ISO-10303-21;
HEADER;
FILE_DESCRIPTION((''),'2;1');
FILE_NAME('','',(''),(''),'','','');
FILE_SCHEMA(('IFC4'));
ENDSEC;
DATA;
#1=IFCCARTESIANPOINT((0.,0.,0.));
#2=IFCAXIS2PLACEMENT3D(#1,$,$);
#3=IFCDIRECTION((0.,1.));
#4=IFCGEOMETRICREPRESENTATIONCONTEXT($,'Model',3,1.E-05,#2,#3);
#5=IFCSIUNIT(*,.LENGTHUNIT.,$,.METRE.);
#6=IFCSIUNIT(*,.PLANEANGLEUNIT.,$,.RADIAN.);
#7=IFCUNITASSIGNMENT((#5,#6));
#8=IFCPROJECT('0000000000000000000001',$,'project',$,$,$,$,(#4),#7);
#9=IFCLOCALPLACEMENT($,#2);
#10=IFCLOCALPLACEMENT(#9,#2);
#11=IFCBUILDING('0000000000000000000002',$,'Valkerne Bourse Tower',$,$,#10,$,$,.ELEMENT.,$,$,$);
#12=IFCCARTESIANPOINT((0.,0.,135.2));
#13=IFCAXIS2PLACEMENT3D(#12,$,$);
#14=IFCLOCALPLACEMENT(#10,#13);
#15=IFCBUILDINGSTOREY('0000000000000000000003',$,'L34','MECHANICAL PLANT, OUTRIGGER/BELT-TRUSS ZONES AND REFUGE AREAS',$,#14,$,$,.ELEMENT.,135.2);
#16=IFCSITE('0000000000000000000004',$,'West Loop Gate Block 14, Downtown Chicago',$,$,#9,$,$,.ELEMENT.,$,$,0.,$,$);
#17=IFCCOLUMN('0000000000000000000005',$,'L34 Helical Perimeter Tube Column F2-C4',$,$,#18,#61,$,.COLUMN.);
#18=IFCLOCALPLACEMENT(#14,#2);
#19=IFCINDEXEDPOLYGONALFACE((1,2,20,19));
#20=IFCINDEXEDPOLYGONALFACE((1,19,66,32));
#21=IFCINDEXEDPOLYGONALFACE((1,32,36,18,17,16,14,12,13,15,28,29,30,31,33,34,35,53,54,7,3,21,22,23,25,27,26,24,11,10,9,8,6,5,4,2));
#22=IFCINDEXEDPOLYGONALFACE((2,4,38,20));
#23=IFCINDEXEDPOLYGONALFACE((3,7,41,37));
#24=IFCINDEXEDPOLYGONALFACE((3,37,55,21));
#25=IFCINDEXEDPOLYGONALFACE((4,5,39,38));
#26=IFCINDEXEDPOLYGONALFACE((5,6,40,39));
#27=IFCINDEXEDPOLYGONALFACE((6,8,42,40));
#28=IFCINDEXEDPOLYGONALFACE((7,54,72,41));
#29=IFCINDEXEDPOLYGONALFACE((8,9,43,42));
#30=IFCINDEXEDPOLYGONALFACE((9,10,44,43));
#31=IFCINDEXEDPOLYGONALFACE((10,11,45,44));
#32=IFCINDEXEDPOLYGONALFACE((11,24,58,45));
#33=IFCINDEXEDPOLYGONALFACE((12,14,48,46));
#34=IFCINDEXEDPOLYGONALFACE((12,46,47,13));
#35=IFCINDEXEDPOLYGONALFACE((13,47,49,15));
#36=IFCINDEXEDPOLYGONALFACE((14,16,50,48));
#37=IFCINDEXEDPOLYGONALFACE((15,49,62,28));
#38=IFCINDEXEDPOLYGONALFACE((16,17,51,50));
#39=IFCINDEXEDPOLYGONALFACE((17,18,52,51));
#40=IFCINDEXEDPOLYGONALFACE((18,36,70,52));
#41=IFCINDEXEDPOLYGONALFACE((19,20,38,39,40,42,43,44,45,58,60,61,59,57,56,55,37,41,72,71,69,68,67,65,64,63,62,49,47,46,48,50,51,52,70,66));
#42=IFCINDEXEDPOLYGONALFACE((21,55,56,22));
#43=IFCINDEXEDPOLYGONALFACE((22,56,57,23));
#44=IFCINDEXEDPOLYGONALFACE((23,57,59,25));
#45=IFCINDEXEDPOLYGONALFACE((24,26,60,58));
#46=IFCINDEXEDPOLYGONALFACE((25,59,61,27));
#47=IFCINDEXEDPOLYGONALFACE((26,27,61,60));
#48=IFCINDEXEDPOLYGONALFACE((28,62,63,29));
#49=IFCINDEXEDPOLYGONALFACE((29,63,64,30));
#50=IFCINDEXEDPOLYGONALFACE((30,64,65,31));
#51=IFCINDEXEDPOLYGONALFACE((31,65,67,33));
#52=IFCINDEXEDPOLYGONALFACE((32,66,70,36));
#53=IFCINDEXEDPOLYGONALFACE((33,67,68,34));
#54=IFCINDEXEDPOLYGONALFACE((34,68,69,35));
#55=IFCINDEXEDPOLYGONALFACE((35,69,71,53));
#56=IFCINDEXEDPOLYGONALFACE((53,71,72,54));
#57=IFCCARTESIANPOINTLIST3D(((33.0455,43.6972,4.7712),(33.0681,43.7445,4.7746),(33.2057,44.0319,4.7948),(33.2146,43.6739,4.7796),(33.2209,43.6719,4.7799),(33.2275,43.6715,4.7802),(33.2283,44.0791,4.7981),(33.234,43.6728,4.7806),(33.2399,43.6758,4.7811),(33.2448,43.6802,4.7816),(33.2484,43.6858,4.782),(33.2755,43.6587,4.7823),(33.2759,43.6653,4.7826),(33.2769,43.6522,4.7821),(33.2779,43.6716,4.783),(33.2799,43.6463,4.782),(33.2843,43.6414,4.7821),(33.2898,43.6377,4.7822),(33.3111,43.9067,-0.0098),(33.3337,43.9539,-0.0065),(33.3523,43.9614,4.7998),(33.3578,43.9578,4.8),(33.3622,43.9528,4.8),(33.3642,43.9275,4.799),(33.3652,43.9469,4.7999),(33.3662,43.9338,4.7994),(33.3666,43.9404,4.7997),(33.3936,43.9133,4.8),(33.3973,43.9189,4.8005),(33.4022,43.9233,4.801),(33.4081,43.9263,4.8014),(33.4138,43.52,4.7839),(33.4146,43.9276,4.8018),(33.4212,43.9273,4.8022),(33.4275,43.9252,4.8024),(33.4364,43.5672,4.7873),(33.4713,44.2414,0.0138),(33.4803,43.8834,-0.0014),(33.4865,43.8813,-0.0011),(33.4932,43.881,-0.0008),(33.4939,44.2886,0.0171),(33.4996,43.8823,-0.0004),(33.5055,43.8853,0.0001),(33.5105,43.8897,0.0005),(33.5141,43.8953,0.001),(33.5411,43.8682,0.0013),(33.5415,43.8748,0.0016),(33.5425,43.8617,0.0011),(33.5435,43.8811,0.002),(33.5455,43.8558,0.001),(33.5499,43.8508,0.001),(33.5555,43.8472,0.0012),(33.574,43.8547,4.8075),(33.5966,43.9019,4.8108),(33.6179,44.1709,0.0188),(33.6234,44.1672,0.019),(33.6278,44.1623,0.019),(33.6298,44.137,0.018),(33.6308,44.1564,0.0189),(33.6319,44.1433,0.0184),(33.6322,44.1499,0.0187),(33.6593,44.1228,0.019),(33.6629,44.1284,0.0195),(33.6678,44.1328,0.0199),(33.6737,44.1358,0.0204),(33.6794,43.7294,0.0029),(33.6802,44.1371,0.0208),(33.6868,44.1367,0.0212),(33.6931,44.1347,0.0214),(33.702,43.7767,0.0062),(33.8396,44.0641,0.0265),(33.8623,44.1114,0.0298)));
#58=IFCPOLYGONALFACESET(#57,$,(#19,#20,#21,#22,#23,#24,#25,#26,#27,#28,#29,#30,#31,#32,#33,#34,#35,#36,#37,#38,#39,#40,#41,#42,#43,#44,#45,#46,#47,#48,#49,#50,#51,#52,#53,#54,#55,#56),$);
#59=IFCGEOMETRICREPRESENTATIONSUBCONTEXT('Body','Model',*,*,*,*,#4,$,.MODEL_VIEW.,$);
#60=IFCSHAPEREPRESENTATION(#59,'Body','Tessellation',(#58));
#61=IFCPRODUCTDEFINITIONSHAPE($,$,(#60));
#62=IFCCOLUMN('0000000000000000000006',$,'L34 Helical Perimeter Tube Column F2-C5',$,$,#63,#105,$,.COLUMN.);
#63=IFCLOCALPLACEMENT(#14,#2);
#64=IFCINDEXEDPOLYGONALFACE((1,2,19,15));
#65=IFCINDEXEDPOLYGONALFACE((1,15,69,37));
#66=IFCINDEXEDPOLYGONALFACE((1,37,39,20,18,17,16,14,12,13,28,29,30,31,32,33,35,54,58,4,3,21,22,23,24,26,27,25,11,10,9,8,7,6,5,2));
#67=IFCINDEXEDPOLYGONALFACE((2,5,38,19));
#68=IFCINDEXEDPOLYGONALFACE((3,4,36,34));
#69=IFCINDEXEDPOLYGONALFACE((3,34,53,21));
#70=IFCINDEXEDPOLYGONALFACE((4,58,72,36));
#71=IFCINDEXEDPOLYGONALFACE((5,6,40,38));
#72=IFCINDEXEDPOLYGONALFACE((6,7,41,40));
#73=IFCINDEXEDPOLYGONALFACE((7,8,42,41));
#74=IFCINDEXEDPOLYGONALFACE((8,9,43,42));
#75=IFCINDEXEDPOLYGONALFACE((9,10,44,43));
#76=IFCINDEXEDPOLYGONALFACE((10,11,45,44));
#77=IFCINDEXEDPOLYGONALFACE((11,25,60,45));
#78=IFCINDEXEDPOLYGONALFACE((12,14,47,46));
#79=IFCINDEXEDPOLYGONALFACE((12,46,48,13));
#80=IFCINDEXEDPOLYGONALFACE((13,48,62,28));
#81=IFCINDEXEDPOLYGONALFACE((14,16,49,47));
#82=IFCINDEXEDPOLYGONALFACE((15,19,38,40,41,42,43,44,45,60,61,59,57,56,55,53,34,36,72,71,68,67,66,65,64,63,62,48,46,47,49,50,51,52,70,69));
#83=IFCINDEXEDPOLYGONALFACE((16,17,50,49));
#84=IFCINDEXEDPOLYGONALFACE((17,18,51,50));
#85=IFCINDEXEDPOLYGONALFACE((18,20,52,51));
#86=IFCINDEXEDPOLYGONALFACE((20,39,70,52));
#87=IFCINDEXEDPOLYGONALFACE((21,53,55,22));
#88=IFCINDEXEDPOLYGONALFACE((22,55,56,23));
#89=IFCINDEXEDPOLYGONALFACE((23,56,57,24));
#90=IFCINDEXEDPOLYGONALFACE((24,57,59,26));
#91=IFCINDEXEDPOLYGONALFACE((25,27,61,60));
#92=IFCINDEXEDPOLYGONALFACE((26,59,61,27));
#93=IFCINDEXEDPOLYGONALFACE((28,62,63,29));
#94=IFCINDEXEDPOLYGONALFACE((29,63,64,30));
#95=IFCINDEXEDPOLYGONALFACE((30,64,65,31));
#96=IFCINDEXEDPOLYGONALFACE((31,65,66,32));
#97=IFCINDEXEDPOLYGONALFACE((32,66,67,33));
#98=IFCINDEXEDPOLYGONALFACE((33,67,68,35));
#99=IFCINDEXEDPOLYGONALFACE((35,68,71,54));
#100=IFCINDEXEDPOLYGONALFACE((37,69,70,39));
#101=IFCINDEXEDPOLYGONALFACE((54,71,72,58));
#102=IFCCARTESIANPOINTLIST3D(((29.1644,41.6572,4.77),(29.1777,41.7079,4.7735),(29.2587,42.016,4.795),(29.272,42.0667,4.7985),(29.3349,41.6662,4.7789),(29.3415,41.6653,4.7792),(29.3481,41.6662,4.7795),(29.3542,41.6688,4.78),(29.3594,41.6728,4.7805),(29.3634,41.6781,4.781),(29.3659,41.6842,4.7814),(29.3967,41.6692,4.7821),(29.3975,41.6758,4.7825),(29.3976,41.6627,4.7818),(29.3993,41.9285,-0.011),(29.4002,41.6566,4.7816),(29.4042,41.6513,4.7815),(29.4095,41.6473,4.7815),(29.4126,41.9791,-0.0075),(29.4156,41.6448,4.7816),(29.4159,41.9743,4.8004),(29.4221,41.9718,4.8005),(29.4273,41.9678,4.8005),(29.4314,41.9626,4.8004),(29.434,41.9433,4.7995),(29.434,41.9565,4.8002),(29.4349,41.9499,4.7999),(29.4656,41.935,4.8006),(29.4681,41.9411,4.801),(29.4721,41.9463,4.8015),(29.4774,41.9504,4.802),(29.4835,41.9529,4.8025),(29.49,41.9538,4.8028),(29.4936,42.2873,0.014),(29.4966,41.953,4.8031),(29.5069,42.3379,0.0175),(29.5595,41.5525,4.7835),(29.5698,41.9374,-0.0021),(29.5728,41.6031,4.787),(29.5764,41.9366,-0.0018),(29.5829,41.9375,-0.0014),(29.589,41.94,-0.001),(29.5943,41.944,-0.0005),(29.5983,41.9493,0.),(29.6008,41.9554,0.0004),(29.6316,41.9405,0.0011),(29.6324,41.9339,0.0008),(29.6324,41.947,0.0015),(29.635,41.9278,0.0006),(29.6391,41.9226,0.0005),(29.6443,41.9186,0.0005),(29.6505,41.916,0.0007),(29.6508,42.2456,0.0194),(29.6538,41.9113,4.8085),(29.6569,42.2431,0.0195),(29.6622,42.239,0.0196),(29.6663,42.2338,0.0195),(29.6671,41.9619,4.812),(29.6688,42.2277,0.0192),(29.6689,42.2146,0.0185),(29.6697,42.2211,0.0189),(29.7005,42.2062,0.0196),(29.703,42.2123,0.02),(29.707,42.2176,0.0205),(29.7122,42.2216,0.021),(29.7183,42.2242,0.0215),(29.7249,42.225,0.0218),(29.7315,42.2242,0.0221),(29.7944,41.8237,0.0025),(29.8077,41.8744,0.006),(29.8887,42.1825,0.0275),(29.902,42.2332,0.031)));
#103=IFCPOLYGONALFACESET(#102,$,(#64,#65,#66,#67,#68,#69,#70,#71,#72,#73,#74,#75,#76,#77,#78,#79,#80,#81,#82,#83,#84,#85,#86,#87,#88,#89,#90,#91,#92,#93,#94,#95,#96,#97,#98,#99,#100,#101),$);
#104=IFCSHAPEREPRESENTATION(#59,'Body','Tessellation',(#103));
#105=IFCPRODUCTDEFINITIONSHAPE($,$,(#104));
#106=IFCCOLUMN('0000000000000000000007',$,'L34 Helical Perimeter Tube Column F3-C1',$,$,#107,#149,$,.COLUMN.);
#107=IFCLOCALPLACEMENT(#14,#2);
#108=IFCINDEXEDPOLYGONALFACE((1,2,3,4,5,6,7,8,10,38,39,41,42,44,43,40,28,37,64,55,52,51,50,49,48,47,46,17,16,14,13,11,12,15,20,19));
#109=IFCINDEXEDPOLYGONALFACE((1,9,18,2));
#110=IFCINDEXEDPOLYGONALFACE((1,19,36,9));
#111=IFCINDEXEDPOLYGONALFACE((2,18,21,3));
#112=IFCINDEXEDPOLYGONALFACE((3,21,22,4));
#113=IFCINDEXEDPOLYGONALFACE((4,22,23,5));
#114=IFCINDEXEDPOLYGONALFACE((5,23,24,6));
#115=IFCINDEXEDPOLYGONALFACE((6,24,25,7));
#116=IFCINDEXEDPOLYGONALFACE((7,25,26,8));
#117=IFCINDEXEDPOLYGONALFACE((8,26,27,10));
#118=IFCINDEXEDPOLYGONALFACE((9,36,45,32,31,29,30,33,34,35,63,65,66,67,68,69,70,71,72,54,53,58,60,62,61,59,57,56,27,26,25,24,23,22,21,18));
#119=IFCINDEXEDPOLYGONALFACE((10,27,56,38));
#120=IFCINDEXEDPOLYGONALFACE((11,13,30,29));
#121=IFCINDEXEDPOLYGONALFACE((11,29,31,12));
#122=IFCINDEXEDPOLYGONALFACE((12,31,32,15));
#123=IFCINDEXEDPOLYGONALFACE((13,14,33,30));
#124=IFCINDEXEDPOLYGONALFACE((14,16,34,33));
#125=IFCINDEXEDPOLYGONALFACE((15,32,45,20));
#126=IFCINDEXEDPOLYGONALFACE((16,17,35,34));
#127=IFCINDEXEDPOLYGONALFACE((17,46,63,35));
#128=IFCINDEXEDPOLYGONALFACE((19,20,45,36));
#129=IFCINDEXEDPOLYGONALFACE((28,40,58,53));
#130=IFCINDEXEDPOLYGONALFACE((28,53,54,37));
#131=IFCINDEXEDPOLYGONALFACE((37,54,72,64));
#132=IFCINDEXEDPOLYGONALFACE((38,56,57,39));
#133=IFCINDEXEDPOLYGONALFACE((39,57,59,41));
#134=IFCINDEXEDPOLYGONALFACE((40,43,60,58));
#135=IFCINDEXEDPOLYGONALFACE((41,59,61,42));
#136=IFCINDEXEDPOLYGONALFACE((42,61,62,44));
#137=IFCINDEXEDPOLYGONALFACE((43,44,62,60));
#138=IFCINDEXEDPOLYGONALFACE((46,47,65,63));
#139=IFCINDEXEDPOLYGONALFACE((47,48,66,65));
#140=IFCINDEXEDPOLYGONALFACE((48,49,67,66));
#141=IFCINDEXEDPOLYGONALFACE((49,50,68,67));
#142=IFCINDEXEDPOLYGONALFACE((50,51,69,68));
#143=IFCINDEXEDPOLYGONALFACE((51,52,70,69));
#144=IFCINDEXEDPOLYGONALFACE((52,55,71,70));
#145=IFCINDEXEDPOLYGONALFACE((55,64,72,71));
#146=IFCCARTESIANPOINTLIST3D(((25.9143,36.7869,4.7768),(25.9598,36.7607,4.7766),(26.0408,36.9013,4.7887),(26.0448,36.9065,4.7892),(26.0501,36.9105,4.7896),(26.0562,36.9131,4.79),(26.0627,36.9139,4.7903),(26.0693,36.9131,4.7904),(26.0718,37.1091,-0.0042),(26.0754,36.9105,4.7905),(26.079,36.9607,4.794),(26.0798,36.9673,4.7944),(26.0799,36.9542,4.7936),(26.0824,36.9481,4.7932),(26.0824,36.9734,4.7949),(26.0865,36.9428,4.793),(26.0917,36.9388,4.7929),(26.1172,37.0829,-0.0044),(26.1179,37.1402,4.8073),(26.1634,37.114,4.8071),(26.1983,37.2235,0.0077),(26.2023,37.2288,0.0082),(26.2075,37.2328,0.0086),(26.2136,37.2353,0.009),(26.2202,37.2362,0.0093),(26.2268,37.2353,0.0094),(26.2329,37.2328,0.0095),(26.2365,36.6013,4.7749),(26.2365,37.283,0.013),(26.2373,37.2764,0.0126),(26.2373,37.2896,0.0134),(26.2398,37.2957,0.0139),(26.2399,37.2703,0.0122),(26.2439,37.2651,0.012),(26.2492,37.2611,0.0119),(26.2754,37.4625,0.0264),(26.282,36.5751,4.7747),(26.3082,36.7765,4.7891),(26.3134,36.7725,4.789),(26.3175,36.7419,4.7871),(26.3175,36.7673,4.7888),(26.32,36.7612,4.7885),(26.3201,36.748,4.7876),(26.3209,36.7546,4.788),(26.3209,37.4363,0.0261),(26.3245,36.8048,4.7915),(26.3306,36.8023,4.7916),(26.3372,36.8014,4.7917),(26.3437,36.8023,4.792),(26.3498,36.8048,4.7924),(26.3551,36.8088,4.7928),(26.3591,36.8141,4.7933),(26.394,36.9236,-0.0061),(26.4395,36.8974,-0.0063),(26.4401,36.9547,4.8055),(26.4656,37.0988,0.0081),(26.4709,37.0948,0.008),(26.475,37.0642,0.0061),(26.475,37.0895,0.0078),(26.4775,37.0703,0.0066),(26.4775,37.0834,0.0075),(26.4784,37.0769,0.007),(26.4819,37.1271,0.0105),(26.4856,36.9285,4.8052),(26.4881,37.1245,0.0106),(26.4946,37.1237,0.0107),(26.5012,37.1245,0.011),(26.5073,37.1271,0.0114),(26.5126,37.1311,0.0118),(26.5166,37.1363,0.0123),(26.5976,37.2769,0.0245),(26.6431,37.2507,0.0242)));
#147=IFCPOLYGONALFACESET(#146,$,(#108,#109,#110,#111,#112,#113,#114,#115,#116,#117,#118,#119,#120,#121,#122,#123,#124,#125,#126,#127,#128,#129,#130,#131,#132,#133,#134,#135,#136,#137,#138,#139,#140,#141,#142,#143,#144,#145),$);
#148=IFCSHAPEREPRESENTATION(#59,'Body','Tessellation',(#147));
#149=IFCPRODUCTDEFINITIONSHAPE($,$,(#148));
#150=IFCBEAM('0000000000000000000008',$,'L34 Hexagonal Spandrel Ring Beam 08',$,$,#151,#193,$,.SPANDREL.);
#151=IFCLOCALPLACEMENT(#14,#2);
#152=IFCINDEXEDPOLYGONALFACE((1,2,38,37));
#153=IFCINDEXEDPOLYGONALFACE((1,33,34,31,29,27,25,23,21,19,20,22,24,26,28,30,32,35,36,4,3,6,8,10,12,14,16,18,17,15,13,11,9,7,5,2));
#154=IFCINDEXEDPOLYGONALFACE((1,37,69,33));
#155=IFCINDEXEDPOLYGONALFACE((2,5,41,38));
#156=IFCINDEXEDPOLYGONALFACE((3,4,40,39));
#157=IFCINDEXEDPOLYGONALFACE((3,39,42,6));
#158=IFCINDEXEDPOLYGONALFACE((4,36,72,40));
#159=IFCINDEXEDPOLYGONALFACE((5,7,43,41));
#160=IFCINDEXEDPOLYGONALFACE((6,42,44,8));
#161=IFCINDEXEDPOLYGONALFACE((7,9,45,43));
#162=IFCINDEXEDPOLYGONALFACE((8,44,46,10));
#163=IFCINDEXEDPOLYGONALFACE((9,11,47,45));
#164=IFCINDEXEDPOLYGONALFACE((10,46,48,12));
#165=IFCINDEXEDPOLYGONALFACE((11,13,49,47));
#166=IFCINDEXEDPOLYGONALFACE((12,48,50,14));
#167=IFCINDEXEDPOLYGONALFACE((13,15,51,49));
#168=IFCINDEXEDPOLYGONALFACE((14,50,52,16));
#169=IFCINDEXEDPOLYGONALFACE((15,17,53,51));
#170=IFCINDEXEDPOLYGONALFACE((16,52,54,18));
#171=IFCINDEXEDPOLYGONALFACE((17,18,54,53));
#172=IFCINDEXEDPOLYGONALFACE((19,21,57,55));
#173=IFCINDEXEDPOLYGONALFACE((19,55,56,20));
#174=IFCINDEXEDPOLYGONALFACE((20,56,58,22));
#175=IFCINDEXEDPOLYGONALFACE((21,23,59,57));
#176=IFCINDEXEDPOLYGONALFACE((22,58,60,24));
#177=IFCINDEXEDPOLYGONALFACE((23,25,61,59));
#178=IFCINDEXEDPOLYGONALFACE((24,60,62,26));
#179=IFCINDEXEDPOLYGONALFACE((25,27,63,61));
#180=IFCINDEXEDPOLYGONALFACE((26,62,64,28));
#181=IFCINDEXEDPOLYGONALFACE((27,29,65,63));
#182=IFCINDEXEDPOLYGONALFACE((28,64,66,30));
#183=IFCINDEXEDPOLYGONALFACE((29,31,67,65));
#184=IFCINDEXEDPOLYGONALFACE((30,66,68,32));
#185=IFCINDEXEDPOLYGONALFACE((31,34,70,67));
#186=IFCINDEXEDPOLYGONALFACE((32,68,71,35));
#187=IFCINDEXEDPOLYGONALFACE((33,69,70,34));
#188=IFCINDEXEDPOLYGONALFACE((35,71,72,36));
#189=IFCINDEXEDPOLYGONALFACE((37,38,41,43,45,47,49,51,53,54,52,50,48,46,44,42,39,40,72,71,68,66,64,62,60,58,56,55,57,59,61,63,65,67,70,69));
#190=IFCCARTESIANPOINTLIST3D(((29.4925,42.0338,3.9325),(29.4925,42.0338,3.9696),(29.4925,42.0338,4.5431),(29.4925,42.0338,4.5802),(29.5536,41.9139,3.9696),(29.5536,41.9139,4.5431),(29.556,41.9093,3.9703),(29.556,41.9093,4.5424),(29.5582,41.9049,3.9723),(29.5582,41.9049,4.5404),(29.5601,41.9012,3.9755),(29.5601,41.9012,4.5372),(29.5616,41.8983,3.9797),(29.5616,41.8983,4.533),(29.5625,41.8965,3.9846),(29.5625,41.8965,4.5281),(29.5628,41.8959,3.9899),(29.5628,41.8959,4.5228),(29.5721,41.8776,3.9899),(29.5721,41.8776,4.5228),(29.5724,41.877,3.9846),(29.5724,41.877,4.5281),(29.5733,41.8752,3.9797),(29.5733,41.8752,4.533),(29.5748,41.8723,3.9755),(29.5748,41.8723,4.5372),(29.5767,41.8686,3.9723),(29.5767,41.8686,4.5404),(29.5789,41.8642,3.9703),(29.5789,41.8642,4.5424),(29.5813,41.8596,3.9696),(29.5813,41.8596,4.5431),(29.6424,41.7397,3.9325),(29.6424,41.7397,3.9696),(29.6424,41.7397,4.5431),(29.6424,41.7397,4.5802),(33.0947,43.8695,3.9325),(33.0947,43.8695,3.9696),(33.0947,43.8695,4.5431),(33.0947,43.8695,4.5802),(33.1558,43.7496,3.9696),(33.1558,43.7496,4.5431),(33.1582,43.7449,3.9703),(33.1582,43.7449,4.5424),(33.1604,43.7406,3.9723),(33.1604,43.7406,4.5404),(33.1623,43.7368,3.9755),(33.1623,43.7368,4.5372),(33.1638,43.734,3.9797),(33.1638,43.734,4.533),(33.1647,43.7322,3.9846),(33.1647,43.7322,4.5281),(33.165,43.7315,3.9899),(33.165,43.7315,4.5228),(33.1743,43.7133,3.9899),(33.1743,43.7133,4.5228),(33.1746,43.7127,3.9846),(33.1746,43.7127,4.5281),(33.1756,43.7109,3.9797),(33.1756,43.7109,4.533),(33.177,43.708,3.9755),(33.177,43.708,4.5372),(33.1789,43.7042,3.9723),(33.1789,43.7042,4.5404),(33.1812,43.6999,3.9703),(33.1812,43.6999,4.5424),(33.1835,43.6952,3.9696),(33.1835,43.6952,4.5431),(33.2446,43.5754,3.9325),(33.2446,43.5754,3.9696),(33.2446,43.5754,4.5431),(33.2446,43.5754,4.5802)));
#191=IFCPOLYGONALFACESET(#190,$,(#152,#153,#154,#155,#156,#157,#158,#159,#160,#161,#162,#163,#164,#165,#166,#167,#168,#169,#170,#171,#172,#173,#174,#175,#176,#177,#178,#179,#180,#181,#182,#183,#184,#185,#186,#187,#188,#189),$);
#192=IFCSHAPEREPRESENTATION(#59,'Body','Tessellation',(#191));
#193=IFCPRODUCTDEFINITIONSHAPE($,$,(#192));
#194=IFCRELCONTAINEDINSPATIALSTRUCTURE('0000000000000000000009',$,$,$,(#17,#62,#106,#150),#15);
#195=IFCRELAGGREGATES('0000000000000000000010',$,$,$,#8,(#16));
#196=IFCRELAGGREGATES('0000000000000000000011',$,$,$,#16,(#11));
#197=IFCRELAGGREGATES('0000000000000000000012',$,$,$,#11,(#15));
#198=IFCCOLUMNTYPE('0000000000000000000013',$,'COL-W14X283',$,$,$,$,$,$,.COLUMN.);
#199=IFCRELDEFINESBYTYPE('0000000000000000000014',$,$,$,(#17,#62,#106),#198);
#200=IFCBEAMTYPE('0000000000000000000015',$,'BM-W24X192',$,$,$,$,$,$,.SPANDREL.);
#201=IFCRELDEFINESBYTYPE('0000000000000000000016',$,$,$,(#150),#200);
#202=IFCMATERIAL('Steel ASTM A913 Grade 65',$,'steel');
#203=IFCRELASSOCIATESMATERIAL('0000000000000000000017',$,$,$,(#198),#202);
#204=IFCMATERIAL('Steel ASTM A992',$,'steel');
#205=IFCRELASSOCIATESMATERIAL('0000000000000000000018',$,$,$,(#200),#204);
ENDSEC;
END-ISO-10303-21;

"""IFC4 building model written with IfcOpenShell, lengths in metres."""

from ifc_helpers import new_model, si_unit, direction, frame, origin, origin_2d, place, context, subcontext, project, spatial, i_section, extrude, material, material_profile, profile_set, type_object, element, save


model = new_model("IFC4")

# Units and contexts
model_context = context("Model", 3, precision=1e-05, world=origin(), true_north=direction((0.0, 1.0)))
body_context = subcontext(model_context, "Body", "Model", "MODEL_VIEW")
ifc_project = project(units=[si_unit("LENGTHUNIT", "METRE"), si_unit("PLANEANGLEUNIT", "RADIAN")], contexts=[model_context])

# Site, building, storey
site_placement = place(None, origin())
site = spatial("IfcSite", under=ifc_project, at=site_placement, Name="West Loop Gate Block 14, Downtown Chicago", CompositionType="ELEMENT", RefElevation=0.0)
building_placement = place(site_placement, origin())
building = spatial("IfcBuilding", under=site, at=building_placement, Name="Valkerne Bourse Tower", CompositionType="ELEMENT")
storey_placement = place(building_placement, frame((0.0, 0.0, 135.2)))
storey = spatial("IfcBuildingStorey", under=building, at=storey_placement, Name="L34", Description="MECHANICAL PLANT, OUTRIGGER/BELT-TRUSS ZONES AND REFUGE AREAS", CompositionType="ELEMENT", Elevation=135.2)

# Columns
ifc_material_1 = material(Name="Steel ASTM A913 Grade 65", Category="steel")
ifc_material_profile_1 = material_profile(ifc_material_1, i_section(OverallWidth=0.4089, OverallDepth=0.4243, WebThickness=0.0327, FlangeThickness=0.0525, FilletRadius=0.0254, at=origin_2d()), Name="W14X283")
ifc_profile_set_1 = profile_set([ifc_material_profile_1], Name="Steel ASTM A913 Grade 65")
column_type = type_object("IfcColumnType", Name="COL-W14X283", PredefinedType="COLUMN", material=ifc_profile_set_1)
column_placement = place(storey_placement, frame((33.5867, 44.009, 0.01), z_axis=(-0.05542, -0.043704, 0.997506), x_axis=(-0.900665, 0.433404, -0.031051)))
element("IfcColumn", 1, at=column_placement, inside=storey, type_object=column_type, Name="L34 Helical Perimeter Tube Column F2-C4", PredefinedType="COLUMN", context=body_context, shape_type="SweptSolid", body=[
    extrude(i_section(OverallWidth=0.4089, OverallDepth=0.4243, WebThickness=0.0327, FlangeThickness=0.0525, FilletRadius=0.0254, at=origin_2d()), origin(), (0.0, 0.0, 1.0), 4.793),
])
for number, where, z_axis, x_axis, name in (
    (2, (29.6506, 42.0808, 0.01), (-0.048986, -0.056574, 0.997196), (-0.966066, 0.25619, -0.032923), "L34 Helical Perimeter Tube Column F2-C5"),
    (3, (26.3574, 37.1799, 0.01), (-0.032844, -0.067217, 0.997198), (-0.497893, -0.864021, -0.074639), "L34 Helical Perimeter Tube Column F3-C1"),
):
    element("IfcColumn", number, at=place(storey_placement, frame(where, z_axis=z_axis, x_axis=x_axis)), inside=storey, type_object=column_type, Name=name, PredefinedType="COLUMN", context=body_context, shape_type="SweptSolid", body=[
        extrude(i_section(OverallWidth=0.4089, OverallDepth=0.4243, WebThickness=0.0327, FlangeThickness=0.0525, FilletRadius=0.0254, at=origin_2d()), origin(), (0.0, 0.0, 1.0), 4.7944),
    ])

# Beam
ifc_material_2 = material(Name="Steel ASTM A992", Category="steel")
ifc_material_profile_2 = material_profile(ifc_material_2, i_section(OverallWidth=0.3301, OverallDepth=0.6477, WebThickness=0.0205, FlangeThickness=0.0371, FilletRadius=0.0203, at=origin_2d()), Name="W24X192")
ifc_profile_set_2 = profile_set([ifc_material_profile_2], Name="Steel ASTM A992")
beam_type_1 = type_object("IfcBeamType", Name="BM-W24X192", PredefinedType="SPANDREL", material=ifc_profile_set_2)
beam_1_placement = place(storey_placement, frame((33.1697, 43.7224, 4.2563), z_axis=(-0.890983, -0.454036, 0.0), x_axis=(0.454036, -0.890983, 0.0)))
element("IfcBeam", 4, at=beam_1_placement, inside=storey, type_object=beam_type_1, Name="L34 Hexagonal Spandrel Ring Beam 08", PredefinedType="SPANDREL", context=body_context, shape_type="SweptSolid", body=[
    extrude(i_section(OverallWidth=0.3301, OverallDepth=0.6477, WebThickness=0.0205, FlangeThickness=0.0371, FilletRadius=0.0203, at=origin_2d()), origin(), (0.0, 0.0, 1.0), 4.043),
])

save(model, "model.ifc")
